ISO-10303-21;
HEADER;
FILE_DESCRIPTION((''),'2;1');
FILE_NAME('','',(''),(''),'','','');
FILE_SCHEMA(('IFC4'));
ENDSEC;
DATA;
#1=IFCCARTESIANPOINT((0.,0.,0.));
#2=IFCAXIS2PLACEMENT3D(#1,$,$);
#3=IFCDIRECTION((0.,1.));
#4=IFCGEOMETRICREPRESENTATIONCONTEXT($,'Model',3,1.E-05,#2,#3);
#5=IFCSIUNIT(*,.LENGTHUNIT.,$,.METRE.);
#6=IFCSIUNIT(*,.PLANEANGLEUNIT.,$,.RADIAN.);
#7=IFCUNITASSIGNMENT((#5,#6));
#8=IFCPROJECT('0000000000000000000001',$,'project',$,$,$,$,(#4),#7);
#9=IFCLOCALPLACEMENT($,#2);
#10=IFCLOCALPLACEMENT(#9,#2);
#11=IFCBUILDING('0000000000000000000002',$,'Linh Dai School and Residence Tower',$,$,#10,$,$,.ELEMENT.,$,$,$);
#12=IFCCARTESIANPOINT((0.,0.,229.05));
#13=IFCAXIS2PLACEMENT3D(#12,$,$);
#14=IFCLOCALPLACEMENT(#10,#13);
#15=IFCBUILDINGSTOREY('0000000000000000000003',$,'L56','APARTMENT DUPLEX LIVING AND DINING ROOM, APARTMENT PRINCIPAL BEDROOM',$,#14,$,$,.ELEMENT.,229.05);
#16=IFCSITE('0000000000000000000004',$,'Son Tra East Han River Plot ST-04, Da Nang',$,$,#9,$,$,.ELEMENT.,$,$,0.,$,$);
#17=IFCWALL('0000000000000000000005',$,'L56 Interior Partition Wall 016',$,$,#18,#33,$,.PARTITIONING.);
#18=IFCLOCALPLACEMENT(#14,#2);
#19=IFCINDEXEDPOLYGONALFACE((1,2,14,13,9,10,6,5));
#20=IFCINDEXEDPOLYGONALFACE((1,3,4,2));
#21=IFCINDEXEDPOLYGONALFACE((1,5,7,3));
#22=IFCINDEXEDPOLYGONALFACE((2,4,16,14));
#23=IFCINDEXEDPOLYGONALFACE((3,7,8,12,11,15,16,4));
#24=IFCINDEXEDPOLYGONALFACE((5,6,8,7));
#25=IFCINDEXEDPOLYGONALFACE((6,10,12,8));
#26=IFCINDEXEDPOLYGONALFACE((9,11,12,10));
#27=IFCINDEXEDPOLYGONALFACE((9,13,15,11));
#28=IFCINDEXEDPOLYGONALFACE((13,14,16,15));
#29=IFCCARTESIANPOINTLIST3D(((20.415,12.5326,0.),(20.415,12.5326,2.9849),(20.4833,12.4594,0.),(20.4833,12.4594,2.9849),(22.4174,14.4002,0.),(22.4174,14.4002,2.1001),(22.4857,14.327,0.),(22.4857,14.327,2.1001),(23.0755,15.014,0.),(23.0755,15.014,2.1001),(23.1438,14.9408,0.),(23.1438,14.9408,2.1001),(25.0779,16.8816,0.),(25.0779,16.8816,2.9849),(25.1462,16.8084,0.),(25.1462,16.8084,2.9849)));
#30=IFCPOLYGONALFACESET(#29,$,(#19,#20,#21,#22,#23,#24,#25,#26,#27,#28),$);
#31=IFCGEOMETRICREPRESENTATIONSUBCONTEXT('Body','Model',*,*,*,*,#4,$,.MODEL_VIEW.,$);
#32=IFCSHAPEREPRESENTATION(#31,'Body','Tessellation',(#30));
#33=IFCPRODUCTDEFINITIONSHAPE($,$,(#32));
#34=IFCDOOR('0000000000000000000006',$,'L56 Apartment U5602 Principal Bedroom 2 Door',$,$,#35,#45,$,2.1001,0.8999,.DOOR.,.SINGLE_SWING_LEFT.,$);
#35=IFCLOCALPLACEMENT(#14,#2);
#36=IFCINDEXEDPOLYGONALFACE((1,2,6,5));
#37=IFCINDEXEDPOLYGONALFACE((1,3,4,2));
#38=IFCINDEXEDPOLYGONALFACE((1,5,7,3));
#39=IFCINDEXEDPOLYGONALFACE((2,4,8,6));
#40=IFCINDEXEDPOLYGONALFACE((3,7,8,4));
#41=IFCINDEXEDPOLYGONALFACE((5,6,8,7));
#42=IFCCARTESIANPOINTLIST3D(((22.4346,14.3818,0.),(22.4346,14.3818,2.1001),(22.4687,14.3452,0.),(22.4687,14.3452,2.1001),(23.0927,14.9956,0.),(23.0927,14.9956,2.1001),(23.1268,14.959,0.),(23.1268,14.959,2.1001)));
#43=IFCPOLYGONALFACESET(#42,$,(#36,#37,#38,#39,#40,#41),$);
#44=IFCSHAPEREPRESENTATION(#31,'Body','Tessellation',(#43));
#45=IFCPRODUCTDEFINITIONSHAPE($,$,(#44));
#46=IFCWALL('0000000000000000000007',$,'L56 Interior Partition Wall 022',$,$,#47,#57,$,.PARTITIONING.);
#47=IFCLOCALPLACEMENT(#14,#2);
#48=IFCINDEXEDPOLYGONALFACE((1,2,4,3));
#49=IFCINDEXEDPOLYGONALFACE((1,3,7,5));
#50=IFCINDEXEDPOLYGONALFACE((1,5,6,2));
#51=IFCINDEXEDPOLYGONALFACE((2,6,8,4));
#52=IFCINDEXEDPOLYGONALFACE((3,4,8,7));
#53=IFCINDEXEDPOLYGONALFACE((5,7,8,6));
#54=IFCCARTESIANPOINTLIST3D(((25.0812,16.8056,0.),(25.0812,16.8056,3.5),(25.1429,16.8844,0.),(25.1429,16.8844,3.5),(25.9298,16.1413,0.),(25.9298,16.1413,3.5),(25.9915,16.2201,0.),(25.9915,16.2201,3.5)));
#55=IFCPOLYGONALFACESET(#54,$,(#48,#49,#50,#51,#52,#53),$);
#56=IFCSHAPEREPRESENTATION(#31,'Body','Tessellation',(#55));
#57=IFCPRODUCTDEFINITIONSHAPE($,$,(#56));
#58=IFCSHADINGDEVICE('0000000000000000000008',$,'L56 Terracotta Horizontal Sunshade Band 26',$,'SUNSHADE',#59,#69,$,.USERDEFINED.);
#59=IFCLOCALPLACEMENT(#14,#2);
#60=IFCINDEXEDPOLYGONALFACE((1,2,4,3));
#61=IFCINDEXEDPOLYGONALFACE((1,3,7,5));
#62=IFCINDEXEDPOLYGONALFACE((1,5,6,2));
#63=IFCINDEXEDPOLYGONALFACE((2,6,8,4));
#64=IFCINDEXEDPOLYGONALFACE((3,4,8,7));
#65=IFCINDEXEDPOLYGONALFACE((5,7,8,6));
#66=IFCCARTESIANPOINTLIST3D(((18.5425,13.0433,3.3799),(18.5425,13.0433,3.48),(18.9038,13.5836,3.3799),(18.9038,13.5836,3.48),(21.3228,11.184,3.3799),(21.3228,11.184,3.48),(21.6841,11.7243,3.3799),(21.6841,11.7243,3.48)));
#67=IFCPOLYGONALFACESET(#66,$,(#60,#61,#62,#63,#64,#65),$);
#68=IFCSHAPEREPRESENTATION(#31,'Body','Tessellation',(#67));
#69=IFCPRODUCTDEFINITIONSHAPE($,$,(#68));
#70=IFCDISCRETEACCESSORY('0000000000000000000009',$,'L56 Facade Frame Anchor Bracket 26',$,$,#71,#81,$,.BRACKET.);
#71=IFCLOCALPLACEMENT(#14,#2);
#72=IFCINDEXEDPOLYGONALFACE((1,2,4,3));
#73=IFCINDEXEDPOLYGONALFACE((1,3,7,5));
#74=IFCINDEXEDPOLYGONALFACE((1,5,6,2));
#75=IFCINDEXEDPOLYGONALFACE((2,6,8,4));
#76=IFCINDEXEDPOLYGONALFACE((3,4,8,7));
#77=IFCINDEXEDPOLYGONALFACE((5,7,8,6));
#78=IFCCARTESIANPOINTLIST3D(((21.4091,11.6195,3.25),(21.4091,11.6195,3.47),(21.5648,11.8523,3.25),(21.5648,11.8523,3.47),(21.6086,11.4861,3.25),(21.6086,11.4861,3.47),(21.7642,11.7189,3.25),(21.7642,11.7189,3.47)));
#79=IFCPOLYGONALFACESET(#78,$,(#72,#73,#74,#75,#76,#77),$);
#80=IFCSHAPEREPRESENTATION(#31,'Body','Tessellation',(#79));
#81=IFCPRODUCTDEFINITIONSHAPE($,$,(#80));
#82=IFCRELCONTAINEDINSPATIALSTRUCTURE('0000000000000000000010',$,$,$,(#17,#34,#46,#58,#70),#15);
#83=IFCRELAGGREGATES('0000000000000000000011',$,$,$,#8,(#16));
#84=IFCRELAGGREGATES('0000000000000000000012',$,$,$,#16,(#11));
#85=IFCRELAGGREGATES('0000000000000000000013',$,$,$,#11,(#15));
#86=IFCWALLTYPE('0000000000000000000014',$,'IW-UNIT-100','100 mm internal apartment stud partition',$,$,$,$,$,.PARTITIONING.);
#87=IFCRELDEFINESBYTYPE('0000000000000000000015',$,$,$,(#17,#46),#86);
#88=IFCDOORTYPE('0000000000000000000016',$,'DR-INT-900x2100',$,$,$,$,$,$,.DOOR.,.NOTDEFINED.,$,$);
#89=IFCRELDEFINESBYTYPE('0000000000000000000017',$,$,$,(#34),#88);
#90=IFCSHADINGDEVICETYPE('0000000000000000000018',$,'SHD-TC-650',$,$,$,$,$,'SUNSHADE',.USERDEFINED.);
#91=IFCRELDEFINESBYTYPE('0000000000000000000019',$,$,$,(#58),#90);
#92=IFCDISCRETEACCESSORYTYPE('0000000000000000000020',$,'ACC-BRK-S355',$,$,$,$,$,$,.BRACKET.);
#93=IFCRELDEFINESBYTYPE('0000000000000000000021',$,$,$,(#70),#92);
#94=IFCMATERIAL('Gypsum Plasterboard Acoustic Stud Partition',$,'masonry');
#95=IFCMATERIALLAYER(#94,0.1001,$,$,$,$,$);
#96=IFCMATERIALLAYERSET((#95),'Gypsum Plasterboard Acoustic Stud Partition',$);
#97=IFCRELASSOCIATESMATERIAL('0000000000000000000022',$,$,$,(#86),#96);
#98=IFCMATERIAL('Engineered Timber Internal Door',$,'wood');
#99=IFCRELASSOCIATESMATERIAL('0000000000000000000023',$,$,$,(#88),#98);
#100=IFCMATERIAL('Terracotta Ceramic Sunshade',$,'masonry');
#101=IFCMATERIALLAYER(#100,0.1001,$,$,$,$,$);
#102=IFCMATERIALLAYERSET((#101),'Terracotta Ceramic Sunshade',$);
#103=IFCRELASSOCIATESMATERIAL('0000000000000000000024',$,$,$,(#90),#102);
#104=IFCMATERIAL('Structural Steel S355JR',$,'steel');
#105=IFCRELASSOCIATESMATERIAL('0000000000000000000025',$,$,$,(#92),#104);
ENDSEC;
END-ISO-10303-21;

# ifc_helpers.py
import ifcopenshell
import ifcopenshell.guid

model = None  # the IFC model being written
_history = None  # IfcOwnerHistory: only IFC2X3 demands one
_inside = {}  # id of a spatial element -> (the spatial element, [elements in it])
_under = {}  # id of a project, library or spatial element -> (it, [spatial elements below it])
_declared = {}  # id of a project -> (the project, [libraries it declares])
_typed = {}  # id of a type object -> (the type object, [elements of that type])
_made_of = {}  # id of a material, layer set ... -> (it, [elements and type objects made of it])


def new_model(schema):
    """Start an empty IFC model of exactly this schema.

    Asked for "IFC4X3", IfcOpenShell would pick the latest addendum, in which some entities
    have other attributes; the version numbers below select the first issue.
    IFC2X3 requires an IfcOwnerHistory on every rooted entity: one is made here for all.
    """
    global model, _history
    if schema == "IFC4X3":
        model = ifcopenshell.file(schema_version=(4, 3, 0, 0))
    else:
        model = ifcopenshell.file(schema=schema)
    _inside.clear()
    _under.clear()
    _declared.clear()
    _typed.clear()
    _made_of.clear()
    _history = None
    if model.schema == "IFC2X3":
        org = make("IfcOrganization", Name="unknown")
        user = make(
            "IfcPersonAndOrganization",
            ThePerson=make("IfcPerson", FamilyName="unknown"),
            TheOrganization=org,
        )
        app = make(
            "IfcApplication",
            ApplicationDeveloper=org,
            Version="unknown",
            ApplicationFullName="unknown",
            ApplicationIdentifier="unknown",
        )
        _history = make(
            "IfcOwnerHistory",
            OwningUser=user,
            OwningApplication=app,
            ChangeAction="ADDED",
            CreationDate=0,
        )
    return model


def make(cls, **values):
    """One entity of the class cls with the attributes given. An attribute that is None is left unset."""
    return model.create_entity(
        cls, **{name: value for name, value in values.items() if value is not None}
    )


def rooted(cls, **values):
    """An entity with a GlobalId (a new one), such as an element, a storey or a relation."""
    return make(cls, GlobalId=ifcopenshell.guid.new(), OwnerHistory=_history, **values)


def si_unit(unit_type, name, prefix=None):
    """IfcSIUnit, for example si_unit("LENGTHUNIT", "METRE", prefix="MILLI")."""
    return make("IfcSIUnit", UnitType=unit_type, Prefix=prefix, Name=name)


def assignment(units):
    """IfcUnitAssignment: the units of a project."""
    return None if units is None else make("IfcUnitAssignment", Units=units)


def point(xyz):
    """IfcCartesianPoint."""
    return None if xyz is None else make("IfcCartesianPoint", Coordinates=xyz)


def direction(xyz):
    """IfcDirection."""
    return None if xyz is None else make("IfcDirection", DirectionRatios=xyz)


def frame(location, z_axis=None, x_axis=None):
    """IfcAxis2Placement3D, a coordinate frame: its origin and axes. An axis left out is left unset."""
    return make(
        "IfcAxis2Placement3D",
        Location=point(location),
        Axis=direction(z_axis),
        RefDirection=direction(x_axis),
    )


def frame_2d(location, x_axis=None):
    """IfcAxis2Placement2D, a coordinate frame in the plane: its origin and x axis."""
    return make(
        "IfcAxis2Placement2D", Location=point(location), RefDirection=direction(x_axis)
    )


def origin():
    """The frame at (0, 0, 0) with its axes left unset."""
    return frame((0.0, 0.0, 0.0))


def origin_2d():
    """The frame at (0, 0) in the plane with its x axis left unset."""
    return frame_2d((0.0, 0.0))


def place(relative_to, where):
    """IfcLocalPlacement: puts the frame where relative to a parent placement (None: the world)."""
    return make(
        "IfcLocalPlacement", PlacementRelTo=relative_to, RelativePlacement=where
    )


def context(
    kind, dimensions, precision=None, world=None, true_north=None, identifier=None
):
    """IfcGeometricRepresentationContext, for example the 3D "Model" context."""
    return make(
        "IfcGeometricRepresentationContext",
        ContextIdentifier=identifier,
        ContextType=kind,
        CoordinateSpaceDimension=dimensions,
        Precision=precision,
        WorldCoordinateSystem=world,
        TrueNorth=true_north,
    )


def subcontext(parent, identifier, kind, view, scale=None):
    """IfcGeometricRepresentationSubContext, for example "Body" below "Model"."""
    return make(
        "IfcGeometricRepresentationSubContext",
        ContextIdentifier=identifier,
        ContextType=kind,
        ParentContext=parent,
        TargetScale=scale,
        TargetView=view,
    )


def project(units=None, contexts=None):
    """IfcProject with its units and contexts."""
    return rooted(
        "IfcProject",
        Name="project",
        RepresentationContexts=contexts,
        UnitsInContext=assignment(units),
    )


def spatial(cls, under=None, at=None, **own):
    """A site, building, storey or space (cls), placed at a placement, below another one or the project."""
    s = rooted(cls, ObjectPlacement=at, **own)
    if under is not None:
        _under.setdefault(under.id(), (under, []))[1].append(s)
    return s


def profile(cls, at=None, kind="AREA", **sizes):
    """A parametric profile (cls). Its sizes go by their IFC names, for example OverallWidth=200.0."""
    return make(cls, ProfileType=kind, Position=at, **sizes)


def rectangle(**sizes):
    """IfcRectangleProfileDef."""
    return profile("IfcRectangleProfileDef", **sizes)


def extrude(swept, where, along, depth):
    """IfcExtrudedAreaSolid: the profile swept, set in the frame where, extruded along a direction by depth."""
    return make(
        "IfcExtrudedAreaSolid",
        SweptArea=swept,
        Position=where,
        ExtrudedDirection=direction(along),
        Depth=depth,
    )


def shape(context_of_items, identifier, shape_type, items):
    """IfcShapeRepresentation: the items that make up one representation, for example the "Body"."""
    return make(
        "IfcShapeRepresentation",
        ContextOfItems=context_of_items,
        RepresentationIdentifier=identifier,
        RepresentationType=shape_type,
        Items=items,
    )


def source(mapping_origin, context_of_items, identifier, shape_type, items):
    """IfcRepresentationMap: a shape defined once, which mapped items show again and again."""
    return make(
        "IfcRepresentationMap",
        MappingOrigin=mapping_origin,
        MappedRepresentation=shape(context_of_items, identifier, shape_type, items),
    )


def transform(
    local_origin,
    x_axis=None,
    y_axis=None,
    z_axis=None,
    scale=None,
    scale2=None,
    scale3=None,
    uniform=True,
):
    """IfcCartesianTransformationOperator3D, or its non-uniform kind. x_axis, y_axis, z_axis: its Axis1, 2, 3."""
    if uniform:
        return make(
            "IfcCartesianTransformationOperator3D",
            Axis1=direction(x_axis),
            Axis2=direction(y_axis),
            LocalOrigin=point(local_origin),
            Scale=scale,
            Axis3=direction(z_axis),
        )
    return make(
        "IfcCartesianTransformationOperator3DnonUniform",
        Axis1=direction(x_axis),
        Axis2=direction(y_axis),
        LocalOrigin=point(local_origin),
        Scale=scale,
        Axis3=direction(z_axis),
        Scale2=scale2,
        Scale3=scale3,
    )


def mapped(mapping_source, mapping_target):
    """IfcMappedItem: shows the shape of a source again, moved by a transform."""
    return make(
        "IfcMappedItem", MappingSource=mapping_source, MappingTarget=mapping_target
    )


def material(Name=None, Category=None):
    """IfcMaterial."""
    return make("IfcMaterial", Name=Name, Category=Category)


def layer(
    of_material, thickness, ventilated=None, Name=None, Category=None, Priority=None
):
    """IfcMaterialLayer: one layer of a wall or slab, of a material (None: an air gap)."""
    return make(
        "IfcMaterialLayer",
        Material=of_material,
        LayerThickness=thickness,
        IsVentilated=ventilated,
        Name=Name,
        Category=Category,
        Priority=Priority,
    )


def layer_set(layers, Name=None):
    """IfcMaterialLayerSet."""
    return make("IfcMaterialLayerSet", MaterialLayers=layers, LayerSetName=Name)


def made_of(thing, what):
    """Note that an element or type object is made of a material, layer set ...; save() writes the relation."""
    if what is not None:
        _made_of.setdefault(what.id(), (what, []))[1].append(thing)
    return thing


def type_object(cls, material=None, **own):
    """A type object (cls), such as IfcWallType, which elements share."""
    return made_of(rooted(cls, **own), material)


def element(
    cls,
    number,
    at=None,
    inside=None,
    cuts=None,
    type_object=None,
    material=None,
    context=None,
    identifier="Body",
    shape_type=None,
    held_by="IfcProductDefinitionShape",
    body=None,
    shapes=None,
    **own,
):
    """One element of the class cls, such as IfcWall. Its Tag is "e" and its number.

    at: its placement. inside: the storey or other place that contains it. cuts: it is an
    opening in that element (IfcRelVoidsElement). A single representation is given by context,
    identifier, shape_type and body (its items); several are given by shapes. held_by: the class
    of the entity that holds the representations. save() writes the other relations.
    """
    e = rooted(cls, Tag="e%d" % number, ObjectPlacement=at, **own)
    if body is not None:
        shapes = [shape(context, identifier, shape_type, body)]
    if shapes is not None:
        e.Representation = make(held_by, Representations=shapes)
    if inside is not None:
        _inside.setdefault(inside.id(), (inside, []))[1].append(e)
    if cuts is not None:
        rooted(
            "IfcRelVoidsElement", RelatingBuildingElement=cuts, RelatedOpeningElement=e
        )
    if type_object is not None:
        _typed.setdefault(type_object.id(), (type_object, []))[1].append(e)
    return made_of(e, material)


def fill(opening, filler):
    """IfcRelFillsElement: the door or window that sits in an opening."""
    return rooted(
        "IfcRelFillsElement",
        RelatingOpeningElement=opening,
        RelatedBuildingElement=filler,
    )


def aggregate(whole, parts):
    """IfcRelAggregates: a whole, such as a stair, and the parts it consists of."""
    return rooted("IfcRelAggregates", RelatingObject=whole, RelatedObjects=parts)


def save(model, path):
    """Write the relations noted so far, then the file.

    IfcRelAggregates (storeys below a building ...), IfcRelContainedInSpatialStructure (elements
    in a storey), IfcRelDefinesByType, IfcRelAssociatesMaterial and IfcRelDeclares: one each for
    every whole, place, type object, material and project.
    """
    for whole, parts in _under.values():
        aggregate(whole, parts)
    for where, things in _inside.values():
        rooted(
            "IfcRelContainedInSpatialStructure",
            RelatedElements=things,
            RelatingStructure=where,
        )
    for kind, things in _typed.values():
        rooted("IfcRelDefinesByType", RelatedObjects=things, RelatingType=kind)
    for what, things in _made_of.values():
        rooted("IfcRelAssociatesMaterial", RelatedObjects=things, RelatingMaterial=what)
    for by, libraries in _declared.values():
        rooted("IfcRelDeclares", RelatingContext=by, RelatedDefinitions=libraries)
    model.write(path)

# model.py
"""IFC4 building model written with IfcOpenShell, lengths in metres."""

from ifc_helpers import new_model, si_unit, direction, frame, frame_2d, origin, origin_2d, place, context, subcontext, project, spatial, rectangle, extrude, source, transform, mapped, material, layer, layer_set, type_object, element, fill, save


model = new_model("IFC4")

# Units and contexts
model_context = context("Model", 3, precision=1e-05, world=origin(), true_north=direction((0.0, 1.0)))
body_context = subcontext(model_context, "Body", "Model", "MODEL_VIEW")
ifc_project = project(units=[si_unit("LENGTHUNIT", "METRE"), si_unit("PLANEANGLEUNIT", "RADIAN")], contexts=[model_context])

# Site, building, storey
site_placement = place(None, origin())
site = spatial("IfcSite", under=ifc_project, at=site_placement, Name="Son Tra East Han River Plot ST-04, Da Nang", CompositionType="ELEMENT", RefElevation=0.0)
building_placement = place(site_placement, origin())
building = spatial("IfcBuilding", under=site, at=building_placement, Name="Linh Dai School and Residence Tower", CompositionType="ELEMENT")
storey_placement = place(building_placement, frame((0.0, 0.0, 229.05)))
storey = spatial("IfcBuildingStorey", under=building, at=storey_placement, Name="L56", Description="APARTMENT DUPLEX LIVING AND DINING ROOM, APARTMENT PRINCIPAL BEDROOM", CompositionType="ELEMENT", Elevation=229.05)

# Shared definitions
ifc_material_1 = material(Name="Structural Steel S355JR", Category="steel")

# Wall, opening, door
ifc_material_2 = material(Name="Gypsum Plasterboard Acoustic Stud Partition", Category="masonry")
ifc_layer_1 = layer(ifc_material_2, 0.1001)
ifc_layer_set_1 = layer_set([ifc_layer_1], Name="Gypsum Plasterboard Acoustic Stud Partition")
wall_type_1 = type_object("IfcWallType", Name="IW-UNIT-100", Description="100 mm internal apartment stud partition", PredefinedType="PARTITIONING", material=ifc_layer_set_1)
wall_1_placement = place(storey_placement, frame((20.4492, 12.4961, 0.0), z_axis=(0.0, 0.0, 1.0), x_axis=(0.731298, 0.682058, 0.0)))
wall_1 = element("IfcWall", 1, at=wall_1_placement, inside=storey, type_object=wall_type_1, Name="L56 Interior Partition Wall 016", PredefinedType="PARTITIONING", context=body_context, shape_type="SweptSolid", body=[
    extrude(rectangle(XDim=6.3762, YDim=0.1001, at=frame_2d((3.188, 0.0))), origin(), (0.0, 0.0, 1.0), 2.9849),
])
opening_1_placement = place(wall_1_placement, frame((2.738, 0.0, 0.0)))
opening_1 = element("IfcOpeningElement", 2, at=opening_1_placement, cuts=wall_1, PredefinedType="OPENING", context=body_context, shape_type="SweptSolid", body=[
    extrude(rectangle(XDim=0.8999, YDim=2.1001, at=origin_2d()), frame((0.45, 0.0601, 1.05), z_axis=(0.0, -1.0, 0.0), x_axis=(1.0, 0.0, 0.0)), (0.0, 0.0, 1.0), 0.1201),
])
ifc_material_3 = material(Name="Engineered Timber Internal Door", Category="wood")
door_type_1 = type_object("IfcDoorType", Name="DR-INT-900x2100", OperationType="NOTDEFINED", PredefinedType="DOOR", material=ifc_material_3)
shared_shape_1 = source(origin(), body_context, "Body", "SweptSolid", [
    extrude(rectangle(XDim=0.8999, YDim=2.1001, at=origin_2d()), frame((0.45, 0.0249, 1.05), z_axis=(0.0, -1.0, 0.0), x_axis=(1.0, 0.0, 0.0)), (0.0, 0.0, 1.0), 0.05),
])
door_1_placement = place(opening_1_placement, origin())
door_1 = element("IfcDoor", 3, at=door_1_placement, inside=storey, type_object=door_type_1, Name="L56 Apartment U5602 Principal Bedroom 2 Door", OperationType="SINGLE_SWING_LEFT", OverallHeight=2.1001, OverallWidth=0.8999, PredefinedType="DOOR", context=body_context, shape_type="MappedRepresentation", body=[
    mapped(shared_shape_1, transform((0.0, 0.0, 0.0), x_axis=(1.0, 0.0, 0.0), y_axis=(0.0, 1.0, 0.0), z_axis=(0.0, 0.0, 1.0), scale=1.0)),
])
fill(opening_1, door_1)

# Wall
wall_2_placement = place(storey_placement, frame((25.1121, 16.845, 0.0), z_axis=(0.0, 0.0, 1.0), x_axis=(0.787433, -0.6164, 0.0)))
element("IfcWall", 4, at=wall_2_placement, inside=storey, type_object=wall_type_1, Name="L56 Interior Partition Wall 022", PredefinedType="PARTITIONING", context=body_context, shape_type="SweptSolid", body=[
    extrude(rectangle(XDim=1.0776, YDim=0.1001, at=frame_2d((0.5388, 0.0))), origin(), (0.0, 0.0, 1.0), 3.5),
])

# Shading device
ifc_material_4 = material(Name="Terracotta Ceramic Sunshade", Category="masonry")
ifc_layer_2 = layer(ifc_material_4, 0.1001)
ifc_layer_set_2 = layer_set([ifc_layer_2], Name="Terracotta Ceramic Sunshade")
shading_device_type = type_object("IfcShadingDeviceType", Name="SHD-TC-650", ElementType="SUNSHADE", PredefinedType="USERDEFINED", material=ifc_layer_set_2)
shared_shape_2 = source(origin(), body_context, "Body", "SweptSolid", [
    extrude(rectangle(XDim=3.3447, YDim=0.6499, at=origin_2d()), origin(), (0.0, 0.0, 1.0), 0.1001),
])
shading_device_placement = place(storey_placement, frame((20.1133, 12.3838, 3.3799), z_axis=(0.0, 0.0, 1.0), x_axis=(-0.831258, 0.555887, 0.0)))
element("IfcShadingDevice", 5, at=shading_device_placement, inside=storey, type_object=shading_device_type, Name="L56 Terracotta Horizontal Sunshade Band 26", ObjectType="SUNSHADE", PredefinedType="USERDEFINED", context=body_context, shape_type="MappedRepresentation", body=[
    mapped(shared_shape_2, transform((0.0, 0.0, 0.0), x_axis=(1.0, 0.0, 0.0), y_axis=(0.0, 1.0, 0.0), z_axis=(0.0, 0.0, 1.0), scale=1.0)),
])

# Discrete accessory
discrete_accessory_type = type_object("IfcDiscreteAccessoryType", Name="ACC-BRK-S355", PredefinedType="BRACKET", material=ifc_material_1)
shared_shape_3 = source(origin(), body_context, "Body", "SweptSolid", [
    extrude(rectangle(XDim=0.28, YDim=0.24, at=origin_2d()), origin(), (0.0, 0.0, 1.0), 0.22),
])
discrete_accessory_placement = place(storey_placement, frame((21.5867, 11.6692, 3.25), z_axis=(0.0, 0.0, 1.0), x_axis=(-0.555887, -0.831258, 0.0)))
element("IfcDiscreteAccessory", 6, at=discrete_accessory_placement, inside=storey, type_object=discrete_accessory_type, Name="L56 Facade Frame Anchor Bracket 26", PredefinedType="BRACKET", context=body_context, shape_type="MappedRepresentation", body=[
    mapped(shared_shape_3, transform((0.0, 0.0, 0.0), x_axis=(1.0, 0.0, 0.0), y_axis=(0.0, 1.0, 0.0), z_axis=(0.0, 0.0, 1.0), scale=1.0)),
])

save(model, "model.ifc")
